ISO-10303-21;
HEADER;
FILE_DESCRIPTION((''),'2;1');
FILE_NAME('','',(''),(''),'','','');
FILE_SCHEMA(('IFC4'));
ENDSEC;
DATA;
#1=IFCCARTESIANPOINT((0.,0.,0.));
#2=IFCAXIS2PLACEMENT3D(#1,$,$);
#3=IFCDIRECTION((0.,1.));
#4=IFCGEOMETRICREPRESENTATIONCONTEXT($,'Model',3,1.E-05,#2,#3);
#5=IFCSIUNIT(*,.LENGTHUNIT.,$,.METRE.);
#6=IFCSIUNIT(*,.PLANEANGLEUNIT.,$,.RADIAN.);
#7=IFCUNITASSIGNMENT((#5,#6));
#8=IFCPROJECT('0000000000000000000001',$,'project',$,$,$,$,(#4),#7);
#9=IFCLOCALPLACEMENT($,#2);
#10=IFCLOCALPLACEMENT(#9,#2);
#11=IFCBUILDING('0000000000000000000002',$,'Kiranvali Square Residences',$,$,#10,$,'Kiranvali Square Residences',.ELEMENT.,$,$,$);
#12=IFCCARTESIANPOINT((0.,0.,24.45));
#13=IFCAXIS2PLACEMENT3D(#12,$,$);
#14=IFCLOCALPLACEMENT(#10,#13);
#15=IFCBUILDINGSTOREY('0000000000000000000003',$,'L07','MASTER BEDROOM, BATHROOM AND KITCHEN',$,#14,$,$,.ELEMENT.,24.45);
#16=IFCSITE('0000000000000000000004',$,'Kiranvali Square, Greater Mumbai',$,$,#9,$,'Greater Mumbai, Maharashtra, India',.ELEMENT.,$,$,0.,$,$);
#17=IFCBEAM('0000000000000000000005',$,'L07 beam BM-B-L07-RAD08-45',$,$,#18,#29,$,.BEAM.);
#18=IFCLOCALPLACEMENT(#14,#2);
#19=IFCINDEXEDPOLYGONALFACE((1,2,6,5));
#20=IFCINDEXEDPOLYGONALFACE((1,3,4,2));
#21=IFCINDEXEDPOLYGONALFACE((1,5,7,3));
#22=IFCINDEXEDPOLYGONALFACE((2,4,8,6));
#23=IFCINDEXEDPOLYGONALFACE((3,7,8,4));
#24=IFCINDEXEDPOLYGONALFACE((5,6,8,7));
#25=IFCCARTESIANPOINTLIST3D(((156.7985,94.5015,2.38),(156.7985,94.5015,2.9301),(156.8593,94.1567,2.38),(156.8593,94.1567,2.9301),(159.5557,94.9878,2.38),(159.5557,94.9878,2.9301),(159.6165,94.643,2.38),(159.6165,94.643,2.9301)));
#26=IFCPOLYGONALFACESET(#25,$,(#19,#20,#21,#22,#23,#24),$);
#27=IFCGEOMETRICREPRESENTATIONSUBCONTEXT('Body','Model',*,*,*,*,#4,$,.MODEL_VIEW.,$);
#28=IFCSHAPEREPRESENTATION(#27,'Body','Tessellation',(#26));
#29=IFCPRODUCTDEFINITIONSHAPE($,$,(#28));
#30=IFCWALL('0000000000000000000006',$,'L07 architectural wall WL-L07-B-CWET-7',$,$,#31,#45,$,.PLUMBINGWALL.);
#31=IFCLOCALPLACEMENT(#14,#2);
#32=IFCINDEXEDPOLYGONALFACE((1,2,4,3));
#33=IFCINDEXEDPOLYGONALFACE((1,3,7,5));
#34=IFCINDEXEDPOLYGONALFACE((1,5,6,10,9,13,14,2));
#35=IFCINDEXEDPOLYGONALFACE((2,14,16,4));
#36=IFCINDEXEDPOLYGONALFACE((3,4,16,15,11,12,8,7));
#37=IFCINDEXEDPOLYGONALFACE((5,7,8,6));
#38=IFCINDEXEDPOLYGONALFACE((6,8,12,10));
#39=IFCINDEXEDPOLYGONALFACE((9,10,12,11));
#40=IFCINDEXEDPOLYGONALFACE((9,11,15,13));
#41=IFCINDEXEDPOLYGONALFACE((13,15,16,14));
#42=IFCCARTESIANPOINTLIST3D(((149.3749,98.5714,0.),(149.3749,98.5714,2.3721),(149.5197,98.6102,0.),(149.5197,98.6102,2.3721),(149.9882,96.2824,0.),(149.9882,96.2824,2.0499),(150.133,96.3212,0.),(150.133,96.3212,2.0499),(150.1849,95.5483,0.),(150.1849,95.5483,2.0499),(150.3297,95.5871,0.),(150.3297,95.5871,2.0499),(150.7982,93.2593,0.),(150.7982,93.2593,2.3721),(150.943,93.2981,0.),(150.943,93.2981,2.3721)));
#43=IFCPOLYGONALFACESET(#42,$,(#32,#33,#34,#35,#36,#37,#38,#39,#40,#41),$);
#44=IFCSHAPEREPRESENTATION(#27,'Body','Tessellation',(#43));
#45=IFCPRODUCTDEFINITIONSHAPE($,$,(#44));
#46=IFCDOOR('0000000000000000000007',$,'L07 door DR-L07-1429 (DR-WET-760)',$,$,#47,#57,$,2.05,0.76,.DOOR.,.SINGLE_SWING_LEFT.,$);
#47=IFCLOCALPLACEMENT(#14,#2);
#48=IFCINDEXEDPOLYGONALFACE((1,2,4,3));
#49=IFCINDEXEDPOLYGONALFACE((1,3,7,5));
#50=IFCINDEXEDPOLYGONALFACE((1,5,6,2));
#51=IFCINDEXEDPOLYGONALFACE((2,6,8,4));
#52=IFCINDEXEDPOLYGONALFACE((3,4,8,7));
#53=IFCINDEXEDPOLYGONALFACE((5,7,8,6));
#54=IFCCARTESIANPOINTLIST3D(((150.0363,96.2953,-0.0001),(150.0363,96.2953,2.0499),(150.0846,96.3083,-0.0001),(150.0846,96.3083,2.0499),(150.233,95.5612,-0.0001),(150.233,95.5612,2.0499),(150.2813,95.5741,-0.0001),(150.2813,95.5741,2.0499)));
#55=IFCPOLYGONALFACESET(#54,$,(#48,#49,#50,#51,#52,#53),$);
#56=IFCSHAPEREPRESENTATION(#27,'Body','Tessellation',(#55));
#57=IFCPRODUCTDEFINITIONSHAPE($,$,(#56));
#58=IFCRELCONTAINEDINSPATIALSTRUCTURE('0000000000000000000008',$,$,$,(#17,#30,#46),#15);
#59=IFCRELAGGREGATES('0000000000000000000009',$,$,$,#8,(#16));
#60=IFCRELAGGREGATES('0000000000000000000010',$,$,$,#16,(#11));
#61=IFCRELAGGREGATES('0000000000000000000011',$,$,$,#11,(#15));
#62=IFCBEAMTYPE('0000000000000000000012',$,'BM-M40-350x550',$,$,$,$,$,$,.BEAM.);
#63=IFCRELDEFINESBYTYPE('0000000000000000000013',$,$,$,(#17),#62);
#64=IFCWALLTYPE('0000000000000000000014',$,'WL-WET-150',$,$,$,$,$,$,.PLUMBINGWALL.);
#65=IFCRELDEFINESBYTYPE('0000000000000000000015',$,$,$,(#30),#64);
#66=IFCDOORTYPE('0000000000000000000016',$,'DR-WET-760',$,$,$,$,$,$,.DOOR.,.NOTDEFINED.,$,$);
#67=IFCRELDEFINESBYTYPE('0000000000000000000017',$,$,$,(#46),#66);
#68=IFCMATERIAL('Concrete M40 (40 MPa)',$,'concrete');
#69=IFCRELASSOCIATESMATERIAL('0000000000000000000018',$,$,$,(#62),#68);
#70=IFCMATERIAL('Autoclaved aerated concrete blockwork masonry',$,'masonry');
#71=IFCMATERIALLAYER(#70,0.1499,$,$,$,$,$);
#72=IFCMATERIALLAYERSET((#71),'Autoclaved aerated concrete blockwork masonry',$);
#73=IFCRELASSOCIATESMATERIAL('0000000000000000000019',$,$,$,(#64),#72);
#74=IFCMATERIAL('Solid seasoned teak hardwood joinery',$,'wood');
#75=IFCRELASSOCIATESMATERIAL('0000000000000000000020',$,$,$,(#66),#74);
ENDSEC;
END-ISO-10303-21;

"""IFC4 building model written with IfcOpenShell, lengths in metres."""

from ifc_helpers import new_model, si_unit, direction, frame, frame_2d, origin, origin_2d, place, context, subcontext, project, spatial, rectangle, extrude, material, layer, layer_set, material_profile, profile_set, type_object, element, fill, save


model = new_model("IFC4")

# Units and contexts
model_context = context("Model", 3, precision=1e-05, world=origin(), true_north=direction((0.0, 1.0)))
body_context = subcontext(model_context, "Body", "Model", "MODEL_VIEW")
ifc_project = project(units=[si_unit("LENGTHUNIT", "METRE"), si_unit("PLANEANGLEUNIT", "RADIAN")], contexts=[model_context])

# Site, building, storey
site_placement = place(None, origin())
site = spatial("IfcSite", under=ifc_project, at=site_placement, Name="Kiranvali Square, Greater Mumbai", LongName="Greater Mumbai, Maharashtra, India", CompositionType="ELEMENT", RefElevation=0.0)
building_placement = place(site_placement, origin())
building = spatial("IfcBuilding", under=site, at=building_placement, Name="Kiranvali Square Residences", LongName="Kiranvali Square Residences", CompositionType="ELEMENT")
storey_placement = place(building_placement, frame((0.0, 0.0, 24.45)))
storey = spatial("IfcBuildingStorey", under=building, at=storey_placement, Name="L07", Description="MASTER BEDROOM, BATHROOM AND KITCHEN", CompositionType="ELEMENT", Elevation=24.45)

# Beam
ifc_material_1 = material(Name="Concrete M40 (40 MPa)", Category="concrete")
ifc_material_profile_1 = material_profile(ifc_material_1, rectangle(XDim=0.3501, YDim=0.55, at=origin_2d()), Name="RC 350x550")
ifc_profile_set_1 = profile_set([ifc_material_profile_1], Name="Concrete M40 (40 MPa)")
beam_type = type_object("IfcBeamType", Name="BM-M40-350x550", PredefinedType="BEAM", material=ifc_profile_set_1)
beam_1_placement = place(storey_placement, frame((156.8289, 94.3291, 2.655), z_axis=(0.984799, 0.173696, 0.0), x_axis=(-0.173696, 0.984799, 0.0)))
element("IfcBeam", 1, at=beam_1_placement, inside=storey, type_object=beam_type, Name="L07 beam BM-B-L07-RAD08-45", PredefinedType="BEAM", context=body_context, shape_type="SweptSolid", body=[
    extrude(rectangle(XDim=0.3501, YDim=0.55, at=origin_2d()), origin(), (0.0, 0.0, 1.0), 2.7998),
])

# Wall, opening, door
ifc_material_2 = material(Name="Autoclaved aerated concrete blockwork masonry", Category="masonry")
ifc_layer = layer(ifc_material_2, 0.1499)
ifc_layer_set = layer_set([ifc_layer], Name="Autoclaved aerated concrete blockwork masonry")
wall_type = type_object("IfcWallType", Name="WL-WET-150", PredefinedType="PLUMBINGWALL", material=ifc_layer_set)
wall_placement = place(storey_placement, frame((149.4473, 98.5908, 0.0), z_axis=(0.0, 0.0, 1.0), x_axis=(0.258806, -0.965929, 0.0)))
wall = element("IfcWall", 2, at=wall_placement, inside=storey, type_object=wall_type, Name="L07 architectural wall WL-L07-B-CWET-7", PredefinedType="PLUMBINGWALL", context=body_context, shape_type="SweptSolid", body=[
    extrude(rectangle(XDim=5.4995, YDim=0.1499, at=frame_2d((2.7498, 0.0))), origin(), (0.0, 0.0, 1.0), 2.3721),
])
opening_placement = place(wall_placement, frame((2.3699, 0.0, 0.0)))
opening = element("IfcOpeningElement", 3, at=opening_placement, cuts=wall, PredefinedType="OPENING", context=body_context, shape_type="SweptSolid", body=[
    extrude(rectangle(XDim=0.76, YDim=2.05, at=frame_2d((0.3799, 1.0249))), frame((0.0, 0.085, 0.0), z_axis=(0.0, -1.0, 0.0), x_axis=(1.0, 0.0, 0.0)), (0.0, 0.0, 1.0), 0.1699),
])
ifc_material_3 = material(Name="Solid seasoned teak hardwood joinery", Category="wood")
door_type = type_object("IfcDoorType", Name="DR-WET-760", OperationType="NOTDEFINED", PredefinedType="DOOR", material=ifc_material_3)
door_placement = place(opening_placement, origin())
door = element("IfcDoor", 4, at=door_placement, inside=storey, type_object=door_type, Name="L07 door DR-L07-1429 (DR-WET-760)", OperationType="SINGLE_SWING_LEFT", OverallHeight=2.05, OverallWidth=0.76, PredefinedType="DOOR", context=body_context, shape_type="SweptSolid", body=[
    extrude(rectangle(XDim=0.76, YDim=2.05, at=frame_2d((0.3799, 1.0249))), frame((0.0, 0.0249, 0.0), z_axis=(0.0, -1.0, 0.0), x_axis=(1.0, 0.0, 0.0)), (0.0, 0.0, 1.0), 0.05),
])
fill(opening, door)

save(model, "model.ifc")
